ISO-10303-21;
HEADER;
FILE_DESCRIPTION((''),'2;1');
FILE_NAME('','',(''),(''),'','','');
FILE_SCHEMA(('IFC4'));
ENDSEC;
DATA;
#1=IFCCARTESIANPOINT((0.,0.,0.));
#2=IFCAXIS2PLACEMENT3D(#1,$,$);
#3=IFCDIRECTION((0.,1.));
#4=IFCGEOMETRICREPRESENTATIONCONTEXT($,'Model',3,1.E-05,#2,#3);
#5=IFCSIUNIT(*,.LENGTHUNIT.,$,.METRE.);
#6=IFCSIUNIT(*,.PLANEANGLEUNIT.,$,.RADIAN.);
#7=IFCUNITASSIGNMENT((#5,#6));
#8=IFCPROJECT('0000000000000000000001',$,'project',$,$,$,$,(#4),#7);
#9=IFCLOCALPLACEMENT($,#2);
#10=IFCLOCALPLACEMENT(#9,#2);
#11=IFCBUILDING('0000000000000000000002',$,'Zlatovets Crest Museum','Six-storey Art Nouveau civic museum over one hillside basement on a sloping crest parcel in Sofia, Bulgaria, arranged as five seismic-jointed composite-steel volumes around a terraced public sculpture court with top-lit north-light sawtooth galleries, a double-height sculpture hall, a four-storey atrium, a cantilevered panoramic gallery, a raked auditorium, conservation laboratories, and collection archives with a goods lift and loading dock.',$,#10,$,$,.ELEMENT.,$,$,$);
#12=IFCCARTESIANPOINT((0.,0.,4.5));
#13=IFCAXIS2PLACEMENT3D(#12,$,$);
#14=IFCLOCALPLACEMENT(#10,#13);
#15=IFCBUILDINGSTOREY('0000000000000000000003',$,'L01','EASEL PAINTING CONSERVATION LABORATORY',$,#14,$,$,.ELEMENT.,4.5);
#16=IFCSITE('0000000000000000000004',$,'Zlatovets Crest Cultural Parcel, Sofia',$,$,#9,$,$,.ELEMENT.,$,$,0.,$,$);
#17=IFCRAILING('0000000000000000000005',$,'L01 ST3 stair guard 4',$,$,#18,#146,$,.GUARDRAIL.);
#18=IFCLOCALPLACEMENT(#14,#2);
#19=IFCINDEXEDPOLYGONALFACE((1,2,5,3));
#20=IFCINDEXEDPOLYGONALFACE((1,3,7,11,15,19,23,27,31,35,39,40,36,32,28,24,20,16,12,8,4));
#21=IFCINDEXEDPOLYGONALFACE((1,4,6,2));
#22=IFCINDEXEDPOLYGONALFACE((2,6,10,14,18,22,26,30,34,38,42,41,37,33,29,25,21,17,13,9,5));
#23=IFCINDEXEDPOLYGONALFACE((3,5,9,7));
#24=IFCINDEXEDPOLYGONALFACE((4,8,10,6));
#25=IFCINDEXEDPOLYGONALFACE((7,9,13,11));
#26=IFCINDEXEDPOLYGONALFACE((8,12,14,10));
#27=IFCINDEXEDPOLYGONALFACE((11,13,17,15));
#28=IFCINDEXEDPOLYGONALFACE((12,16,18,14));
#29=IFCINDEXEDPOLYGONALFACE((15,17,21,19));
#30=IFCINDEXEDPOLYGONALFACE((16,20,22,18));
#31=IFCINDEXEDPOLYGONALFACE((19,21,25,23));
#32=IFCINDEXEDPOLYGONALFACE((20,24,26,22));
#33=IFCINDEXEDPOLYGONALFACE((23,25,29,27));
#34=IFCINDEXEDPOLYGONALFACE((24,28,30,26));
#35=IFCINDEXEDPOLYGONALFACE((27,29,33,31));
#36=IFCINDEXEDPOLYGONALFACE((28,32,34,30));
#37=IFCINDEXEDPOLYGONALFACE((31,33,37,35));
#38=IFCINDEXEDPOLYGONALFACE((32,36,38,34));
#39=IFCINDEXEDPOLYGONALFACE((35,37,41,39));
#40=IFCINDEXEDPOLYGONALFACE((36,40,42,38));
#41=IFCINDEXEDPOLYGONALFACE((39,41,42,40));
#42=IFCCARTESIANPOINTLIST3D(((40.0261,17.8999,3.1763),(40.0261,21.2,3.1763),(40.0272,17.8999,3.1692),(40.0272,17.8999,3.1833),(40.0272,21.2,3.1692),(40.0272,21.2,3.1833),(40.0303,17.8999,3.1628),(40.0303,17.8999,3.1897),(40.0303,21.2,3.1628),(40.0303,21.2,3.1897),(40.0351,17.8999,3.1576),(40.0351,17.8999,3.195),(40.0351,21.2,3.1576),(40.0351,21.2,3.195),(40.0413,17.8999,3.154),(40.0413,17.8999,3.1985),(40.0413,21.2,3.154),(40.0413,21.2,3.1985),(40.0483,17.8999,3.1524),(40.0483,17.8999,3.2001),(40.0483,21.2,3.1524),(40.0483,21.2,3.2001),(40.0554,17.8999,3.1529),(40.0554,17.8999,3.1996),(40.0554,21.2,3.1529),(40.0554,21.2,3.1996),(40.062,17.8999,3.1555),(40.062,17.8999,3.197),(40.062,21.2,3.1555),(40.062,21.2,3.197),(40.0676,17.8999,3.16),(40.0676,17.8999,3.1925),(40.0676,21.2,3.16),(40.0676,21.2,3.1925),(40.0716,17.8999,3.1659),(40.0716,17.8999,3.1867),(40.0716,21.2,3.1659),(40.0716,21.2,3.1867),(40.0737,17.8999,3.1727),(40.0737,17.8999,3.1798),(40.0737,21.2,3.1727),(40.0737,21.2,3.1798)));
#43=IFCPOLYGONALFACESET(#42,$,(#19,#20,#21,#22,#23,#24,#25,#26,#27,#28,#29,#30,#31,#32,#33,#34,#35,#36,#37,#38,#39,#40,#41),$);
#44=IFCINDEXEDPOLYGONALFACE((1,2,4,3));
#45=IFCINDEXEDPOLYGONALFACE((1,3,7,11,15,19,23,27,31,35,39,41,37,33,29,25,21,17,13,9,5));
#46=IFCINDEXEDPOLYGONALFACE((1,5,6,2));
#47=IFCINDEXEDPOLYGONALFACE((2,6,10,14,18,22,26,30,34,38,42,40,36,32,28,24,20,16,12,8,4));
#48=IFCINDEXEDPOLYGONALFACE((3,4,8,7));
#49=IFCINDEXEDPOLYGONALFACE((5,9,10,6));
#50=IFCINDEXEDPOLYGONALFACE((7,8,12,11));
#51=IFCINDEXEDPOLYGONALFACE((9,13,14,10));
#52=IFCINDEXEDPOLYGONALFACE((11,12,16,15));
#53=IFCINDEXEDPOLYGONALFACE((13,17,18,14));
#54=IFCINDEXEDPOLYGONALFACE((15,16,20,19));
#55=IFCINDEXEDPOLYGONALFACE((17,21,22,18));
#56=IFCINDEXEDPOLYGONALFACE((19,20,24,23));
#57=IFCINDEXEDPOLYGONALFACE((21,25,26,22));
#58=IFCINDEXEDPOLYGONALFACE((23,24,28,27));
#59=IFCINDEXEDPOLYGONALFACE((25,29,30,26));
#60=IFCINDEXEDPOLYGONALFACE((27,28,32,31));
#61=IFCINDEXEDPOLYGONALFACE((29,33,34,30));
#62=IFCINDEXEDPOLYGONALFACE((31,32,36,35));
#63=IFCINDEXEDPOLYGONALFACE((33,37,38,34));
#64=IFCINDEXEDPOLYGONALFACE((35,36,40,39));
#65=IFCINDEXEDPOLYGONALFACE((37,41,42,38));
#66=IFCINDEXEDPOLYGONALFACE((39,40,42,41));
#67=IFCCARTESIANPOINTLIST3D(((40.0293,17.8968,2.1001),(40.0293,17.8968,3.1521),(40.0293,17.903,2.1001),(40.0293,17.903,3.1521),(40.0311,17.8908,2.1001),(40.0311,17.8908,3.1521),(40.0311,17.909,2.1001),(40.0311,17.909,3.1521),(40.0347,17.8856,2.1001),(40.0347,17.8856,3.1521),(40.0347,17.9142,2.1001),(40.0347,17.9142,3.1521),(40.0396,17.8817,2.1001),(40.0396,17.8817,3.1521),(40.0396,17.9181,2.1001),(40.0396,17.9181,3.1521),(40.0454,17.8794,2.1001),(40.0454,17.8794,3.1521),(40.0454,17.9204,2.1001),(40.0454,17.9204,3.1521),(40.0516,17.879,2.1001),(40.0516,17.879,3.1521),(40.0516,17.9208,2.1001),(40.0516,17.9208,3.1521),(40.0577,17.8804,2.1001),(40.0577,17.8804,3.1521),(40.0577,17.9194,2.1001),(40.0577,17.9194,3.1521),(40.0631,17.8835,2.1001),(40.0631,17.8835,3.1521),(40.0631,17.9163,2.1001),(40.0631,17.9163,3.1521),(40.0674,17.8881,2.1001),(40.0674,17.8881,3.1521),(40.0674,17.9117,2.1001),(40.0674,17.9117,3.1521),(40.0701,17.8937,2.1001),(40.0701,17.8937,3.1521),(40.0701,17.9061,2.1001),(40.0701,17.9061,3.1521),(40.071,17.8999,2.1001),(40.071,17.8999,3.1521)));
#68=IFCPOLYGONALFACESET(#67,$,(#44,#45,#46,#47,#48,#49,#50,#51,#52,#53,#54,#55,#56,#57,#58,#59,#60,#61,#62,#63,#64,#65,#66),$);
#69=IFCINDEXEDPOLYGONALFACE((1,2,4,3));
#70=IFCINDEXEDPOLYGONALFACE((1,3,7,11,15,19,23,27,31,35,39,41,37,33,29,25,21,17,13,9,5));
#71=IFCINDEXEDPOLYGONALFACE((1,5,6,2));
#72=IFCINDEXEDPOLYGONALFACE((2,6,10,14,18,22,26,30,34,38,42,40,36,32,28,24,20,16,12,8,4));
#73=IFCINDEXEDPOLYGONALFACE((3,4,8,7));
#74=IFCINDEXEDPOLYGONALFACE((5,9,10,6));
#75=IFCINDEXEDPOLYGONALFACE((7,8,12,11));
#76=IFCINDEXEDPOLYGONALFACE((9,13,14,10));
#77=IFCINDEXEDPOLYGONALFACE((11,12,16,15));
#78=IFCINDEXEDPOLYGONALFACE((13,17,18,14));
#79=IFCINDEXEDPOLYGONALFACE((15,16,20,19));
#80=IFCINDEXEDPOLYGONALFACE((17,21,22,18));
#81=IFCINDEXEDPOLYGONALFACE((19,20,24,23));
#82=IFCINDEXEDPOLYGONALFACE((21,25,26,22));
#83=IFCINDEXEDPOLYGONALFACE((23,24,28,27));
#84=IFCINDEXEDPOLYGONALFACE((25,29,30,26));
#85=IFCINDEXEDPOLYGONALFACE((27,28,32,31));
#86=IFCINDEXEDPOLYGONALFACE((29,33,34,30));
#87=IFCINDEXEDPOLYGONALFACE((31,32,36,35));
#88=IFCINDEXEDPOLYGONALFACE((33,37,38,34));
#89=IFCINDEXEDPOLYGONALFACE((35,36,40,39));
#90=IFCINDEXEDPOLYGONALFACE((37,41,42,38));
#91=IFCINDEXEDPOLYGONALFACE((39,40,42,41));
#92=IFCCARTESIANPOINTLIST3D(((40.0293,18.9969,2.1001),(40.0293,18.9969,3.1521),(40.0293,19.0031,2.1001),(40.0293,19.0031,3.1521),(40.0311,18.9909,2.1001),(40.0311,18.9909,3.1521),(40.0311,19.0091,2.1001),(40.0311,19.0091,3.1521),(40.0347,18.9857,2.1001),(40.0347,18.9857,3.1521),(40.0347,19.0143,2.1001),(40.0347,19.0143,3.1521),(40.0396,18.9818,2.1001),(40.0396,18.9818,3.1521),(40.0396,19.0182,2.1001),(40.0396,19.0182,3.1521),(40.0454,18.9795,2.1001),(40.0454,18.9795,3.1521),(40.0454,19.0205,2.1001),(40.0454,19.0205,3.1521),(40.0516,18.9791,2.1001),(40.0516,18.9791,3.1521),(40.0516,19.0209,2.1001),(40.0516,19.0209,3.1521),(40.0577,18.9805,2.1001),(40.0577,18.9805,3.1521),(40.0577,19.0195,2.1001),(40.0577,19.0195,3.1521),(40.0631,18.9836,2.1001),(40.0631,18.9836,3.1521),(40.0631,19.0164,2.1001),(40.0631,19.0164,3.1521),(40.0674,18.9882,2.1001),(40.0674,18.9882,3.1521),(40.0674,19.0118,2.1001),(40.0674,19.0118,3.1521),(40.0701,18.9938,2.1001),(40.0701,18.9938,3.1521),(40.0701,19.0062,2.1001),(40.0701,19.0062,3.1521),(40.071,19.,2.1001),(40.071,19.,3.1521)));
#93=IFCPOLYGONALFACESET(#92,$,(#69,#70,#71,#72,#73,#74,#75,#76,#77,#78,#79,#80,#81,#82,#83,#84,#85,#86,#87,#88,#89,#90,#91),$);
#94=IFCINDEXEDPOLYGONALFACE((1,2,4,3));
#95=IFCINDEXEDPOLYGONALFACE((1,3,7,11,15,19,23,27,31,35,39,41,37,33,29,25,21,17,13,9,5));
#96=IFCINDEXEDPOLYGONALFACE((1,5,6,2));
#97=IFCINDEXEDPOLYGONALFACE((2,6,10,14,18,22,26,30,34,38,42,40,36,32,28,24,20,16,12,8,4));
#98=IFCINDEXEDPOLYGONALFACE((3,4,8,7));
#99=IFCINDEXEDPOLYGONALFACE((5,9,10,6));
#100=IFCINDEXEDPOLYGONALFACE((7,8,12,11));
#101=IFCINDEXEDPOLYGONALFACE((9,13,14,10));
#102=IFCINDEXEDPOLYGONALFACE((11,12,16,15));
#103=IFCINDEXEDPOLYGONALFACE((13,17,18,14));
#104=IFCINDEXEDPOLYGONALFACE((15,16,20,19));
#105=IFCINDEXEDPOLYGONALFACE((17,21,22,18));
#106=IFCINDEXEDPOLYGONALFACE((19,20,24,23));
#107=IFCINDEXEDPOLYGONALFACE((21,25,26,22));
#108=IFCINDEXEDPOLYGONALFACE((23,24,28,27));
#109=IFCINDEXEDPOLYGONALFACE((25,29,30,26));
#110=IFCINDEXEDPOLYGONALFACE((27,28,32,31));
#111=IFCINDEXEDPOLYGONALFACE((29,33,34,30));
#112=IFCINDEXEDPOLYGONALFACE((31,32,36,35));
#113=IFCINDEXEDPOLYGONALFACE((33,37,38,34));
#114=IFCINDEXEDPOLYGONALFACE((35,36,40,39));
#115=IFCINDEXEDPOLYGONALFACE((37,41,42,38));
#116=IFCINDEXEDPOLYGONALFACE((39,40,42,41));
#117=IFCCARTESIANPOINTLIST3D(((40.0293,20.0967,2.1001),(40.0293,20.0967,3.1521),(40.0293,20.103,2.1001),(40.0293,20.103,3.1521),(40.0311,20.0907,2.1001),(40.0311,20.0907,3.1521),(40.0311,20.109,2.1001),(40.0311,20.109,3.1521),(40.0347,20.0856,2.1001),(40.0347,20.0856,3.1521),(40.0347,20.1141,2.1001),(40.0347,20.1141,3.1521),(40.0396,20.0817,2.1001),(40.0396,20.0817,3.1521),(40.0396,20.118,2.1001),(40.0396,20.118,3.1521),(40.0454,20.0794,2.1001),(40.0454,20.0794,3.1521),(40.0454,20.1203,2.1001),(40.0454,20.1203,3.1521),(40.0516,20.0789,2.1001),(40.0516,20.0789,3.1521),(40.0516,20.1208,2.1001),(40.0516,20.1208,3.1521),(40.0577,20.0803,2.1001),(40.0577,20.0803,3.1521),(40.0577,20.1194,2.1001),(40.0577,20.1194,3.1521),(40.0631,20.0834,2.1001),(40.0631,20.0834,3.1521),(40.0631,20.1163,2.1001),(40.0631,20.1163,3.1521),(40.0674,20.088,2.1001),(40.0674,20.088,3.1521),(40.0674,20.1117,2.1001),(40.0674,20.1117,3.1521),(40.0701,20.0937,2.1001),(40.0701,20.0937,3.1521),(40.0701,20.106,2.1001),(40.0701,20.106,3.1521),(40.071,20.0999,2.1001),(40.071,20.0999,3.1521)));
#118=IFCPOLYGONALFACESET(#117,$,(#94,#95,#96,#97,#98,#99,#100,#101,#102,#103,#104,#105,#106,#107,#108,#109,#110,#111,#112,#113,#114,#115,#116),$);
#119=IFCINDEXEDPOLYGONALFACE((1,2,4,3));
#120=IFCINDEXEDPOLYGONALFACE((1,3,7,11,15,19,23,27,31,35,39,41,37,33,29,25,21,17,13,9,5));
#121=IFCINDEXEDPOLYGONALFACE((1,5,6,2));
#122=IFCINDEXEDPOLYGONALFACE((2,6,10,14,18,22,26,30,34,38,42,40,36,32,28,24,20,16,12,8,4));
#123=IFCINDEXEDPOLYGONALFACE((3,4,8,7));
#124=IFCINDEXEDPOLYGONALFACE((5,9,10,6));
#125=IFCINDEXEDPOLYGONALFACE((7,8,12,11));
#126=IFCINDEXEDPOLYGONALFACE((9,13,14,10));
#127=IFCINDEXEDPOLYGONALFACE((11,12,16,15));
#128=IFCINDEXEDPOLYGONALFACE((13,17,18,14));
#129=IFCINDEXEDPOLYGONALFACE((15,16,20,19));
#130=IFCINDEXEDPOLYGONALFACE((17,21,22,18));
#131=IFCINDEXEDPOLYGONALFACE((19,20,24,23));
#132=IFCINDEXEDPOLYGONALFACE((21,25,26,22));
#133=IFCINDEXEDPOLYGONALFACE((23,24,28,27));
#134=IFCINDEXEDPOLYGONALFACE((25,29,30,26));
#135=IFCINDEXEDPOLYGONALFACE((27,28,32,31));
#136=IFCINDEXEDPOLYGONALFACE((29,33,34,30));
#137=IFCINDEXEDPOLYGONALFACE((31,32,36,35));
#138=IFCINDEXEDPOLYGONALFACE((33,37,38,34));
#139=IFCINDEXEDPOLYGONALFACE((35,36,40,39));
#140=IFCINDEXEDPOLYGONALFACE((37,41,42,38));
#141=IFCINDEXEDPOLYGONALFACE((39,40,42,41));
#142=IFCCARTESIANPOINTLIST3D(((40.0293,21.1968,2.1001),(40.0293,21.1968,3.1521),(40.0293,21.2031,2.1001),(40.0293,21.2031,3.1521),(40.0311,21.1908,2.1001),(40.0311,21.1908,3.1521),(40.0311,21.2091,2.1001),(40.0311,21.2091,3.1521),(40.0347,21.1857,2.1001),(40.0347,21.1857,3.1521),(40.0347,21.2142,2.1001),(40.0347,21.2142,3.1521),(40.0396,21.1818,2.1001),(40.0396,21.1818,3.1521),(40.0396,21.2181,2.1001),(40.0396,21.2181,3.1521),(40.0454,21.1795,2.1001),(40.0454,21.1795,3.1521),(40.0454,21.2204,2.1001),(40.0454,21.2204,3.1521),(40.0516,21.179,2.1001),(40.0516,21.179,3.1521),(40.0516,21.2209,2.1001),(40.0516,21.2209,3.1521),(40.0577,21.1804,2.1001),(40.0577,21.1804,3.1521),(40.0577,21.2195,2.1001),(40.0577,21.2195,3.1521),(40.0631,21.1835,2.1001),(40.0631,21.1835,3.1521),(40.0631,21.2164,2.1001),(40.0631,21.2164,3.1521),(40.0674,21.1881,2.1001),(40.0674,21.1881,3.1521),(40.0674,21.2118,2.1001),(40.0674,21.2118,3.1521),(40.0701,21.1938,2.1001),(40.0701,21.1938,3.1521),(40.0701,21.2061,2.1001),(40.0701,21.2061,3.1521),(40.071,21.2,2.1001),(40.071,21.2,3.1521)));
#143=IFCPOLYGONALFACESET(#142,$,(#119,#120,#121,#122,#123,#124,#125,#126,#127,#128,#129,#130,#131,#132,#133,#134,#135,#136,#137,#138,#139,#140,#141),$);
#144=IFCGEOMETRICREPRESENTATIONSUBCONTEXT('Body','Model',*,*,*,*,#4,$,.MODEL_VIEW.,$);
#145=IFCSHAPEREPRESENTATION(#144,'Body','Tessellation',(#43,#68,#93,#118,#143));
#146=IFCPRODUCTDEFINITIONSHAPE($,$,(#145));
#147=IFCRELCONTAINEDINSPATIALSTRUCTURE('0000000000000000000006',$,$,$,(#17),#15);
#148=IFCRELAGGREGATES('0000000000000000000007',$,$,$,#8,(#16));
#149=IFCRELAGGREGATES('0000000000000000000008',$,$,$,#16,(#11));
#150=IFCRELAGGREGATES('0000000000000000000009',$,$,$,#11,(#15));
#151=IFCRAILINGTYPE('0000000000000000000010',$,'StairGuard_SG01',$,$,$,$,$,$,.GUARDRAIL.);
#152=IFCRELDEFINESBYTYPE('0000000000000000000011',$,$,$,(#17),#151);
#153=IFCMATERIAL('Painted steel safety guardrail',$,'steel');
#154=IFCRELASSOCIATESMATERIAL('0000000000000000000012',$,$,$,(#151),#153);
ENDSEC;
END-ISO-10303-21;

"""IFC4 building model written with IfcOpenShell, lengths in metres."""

from ifc_helpers import new_model, si_unit, direction, frame, origin, origin_2d, place, context, subcontext, project, spatial, circle, extrude, material, type_object, element, save


model = new_model("IFC4")

# Units and contexts
model_context = context("Model", 3, precision=1e-05, world=origin(), true_north=direction((0.0, 1.0)))
body_context = subcontext(model_context, "Body", "Model", "MODEL_VIEW")
ifc_project = project(units=[si_unit("LENGTHUNIT", "METRE"), si_unit("PLANEANGLEUNIT", "RADIAN")], contexts=[model_context])

# Site, building, storey
site_placement = place(None, origin())
site = spatial("IfcSite", under=ifc_project, at=site_placement, Name="Zlatovets Crest Cultural Parcel, Sofia", CompositionType="ELEMENT", RefElevation=0.0)
building_placement = place(site_placement, origin())
building = spatial("IfcBuilding", under=site, at=building_placement, Name="Zlatovets Crest Museum", Description="Six-storey Art Nouveau civic museum over one hillside basement on a sloping crest parcel in Sofia, Bulgaria, arranged as five seismic-jointed composite-steel volumes around a terraced public sculpture court with top-lit north-light sawtooth galleries, a double-height sculpture hall, a four-storey atrium, a cantilevered panoramic gallery, a raked auditorium, conservation laboratories, and collection archives with a goods lift and loading dock.", CompositionType="ELEMENT")
storey_placement = place(building_placement, frame((0.0, 0.0, 4.5)))
storey = spatial("IfcBuildingStorey", under=building, at=storey_placement, Name="L01", Description="EASEL PAINTING CONSERVATION LABORATORY", CompositionType="ELEMENT", Elevation=4.5)

# Railing
ifc_material_1 = material(Name="Painted steel safety guardrail", Category="steel")
railing_type_1 = type_object("IfcRailingType", Name="StairGuard_SG01", PredefinedType="GUARDRAIL", material=ifc_material_1)
railing_1_placement = place(storey_placement, frame((40.05, 17.8999, 2.1001)))
element("IfcRailing", 1, at=railing_1_placement, inside=storey, type_object=railing_type_1, Name="L01 ST3 stair guard 4", PredefinedType="GUARDRAIL", context=body_context, shape_type="SweptSolid", body=[
    extrude(circle(Radius=0.0239, at=origin_2d()), frame((0.0, 0.0, 1.0762), z_axis=(0.0, 1.0, 0.0), x_axis=(-1.0, 0.0, 0.0)), (0.0, 0.0, 1.0), 3.3),
    extrude(circle(Radius=0.021, at=origin_2d()), origin(), (0.0, 0.0, 1.0), 1.052),
    extrude(circle(Radius=0.021, at=origin_2d()), frame((0.0, 1.1001, 0.0)), (0.0, 0.0, 1.0), 1.052),
    extrude(circle(Radius=0.021, at=origin_2d()), frame((0.0, 2.2, 0.0)), (0.0, 0.0, 1.0), 1.052),
    extrude(circle(Radius=0.021, at=origin_2d()), frame((0.0, 3.3, 0.0)), (0.0, 0.0, 1.0), 1.052),
])

save(model, "model.ifc")
